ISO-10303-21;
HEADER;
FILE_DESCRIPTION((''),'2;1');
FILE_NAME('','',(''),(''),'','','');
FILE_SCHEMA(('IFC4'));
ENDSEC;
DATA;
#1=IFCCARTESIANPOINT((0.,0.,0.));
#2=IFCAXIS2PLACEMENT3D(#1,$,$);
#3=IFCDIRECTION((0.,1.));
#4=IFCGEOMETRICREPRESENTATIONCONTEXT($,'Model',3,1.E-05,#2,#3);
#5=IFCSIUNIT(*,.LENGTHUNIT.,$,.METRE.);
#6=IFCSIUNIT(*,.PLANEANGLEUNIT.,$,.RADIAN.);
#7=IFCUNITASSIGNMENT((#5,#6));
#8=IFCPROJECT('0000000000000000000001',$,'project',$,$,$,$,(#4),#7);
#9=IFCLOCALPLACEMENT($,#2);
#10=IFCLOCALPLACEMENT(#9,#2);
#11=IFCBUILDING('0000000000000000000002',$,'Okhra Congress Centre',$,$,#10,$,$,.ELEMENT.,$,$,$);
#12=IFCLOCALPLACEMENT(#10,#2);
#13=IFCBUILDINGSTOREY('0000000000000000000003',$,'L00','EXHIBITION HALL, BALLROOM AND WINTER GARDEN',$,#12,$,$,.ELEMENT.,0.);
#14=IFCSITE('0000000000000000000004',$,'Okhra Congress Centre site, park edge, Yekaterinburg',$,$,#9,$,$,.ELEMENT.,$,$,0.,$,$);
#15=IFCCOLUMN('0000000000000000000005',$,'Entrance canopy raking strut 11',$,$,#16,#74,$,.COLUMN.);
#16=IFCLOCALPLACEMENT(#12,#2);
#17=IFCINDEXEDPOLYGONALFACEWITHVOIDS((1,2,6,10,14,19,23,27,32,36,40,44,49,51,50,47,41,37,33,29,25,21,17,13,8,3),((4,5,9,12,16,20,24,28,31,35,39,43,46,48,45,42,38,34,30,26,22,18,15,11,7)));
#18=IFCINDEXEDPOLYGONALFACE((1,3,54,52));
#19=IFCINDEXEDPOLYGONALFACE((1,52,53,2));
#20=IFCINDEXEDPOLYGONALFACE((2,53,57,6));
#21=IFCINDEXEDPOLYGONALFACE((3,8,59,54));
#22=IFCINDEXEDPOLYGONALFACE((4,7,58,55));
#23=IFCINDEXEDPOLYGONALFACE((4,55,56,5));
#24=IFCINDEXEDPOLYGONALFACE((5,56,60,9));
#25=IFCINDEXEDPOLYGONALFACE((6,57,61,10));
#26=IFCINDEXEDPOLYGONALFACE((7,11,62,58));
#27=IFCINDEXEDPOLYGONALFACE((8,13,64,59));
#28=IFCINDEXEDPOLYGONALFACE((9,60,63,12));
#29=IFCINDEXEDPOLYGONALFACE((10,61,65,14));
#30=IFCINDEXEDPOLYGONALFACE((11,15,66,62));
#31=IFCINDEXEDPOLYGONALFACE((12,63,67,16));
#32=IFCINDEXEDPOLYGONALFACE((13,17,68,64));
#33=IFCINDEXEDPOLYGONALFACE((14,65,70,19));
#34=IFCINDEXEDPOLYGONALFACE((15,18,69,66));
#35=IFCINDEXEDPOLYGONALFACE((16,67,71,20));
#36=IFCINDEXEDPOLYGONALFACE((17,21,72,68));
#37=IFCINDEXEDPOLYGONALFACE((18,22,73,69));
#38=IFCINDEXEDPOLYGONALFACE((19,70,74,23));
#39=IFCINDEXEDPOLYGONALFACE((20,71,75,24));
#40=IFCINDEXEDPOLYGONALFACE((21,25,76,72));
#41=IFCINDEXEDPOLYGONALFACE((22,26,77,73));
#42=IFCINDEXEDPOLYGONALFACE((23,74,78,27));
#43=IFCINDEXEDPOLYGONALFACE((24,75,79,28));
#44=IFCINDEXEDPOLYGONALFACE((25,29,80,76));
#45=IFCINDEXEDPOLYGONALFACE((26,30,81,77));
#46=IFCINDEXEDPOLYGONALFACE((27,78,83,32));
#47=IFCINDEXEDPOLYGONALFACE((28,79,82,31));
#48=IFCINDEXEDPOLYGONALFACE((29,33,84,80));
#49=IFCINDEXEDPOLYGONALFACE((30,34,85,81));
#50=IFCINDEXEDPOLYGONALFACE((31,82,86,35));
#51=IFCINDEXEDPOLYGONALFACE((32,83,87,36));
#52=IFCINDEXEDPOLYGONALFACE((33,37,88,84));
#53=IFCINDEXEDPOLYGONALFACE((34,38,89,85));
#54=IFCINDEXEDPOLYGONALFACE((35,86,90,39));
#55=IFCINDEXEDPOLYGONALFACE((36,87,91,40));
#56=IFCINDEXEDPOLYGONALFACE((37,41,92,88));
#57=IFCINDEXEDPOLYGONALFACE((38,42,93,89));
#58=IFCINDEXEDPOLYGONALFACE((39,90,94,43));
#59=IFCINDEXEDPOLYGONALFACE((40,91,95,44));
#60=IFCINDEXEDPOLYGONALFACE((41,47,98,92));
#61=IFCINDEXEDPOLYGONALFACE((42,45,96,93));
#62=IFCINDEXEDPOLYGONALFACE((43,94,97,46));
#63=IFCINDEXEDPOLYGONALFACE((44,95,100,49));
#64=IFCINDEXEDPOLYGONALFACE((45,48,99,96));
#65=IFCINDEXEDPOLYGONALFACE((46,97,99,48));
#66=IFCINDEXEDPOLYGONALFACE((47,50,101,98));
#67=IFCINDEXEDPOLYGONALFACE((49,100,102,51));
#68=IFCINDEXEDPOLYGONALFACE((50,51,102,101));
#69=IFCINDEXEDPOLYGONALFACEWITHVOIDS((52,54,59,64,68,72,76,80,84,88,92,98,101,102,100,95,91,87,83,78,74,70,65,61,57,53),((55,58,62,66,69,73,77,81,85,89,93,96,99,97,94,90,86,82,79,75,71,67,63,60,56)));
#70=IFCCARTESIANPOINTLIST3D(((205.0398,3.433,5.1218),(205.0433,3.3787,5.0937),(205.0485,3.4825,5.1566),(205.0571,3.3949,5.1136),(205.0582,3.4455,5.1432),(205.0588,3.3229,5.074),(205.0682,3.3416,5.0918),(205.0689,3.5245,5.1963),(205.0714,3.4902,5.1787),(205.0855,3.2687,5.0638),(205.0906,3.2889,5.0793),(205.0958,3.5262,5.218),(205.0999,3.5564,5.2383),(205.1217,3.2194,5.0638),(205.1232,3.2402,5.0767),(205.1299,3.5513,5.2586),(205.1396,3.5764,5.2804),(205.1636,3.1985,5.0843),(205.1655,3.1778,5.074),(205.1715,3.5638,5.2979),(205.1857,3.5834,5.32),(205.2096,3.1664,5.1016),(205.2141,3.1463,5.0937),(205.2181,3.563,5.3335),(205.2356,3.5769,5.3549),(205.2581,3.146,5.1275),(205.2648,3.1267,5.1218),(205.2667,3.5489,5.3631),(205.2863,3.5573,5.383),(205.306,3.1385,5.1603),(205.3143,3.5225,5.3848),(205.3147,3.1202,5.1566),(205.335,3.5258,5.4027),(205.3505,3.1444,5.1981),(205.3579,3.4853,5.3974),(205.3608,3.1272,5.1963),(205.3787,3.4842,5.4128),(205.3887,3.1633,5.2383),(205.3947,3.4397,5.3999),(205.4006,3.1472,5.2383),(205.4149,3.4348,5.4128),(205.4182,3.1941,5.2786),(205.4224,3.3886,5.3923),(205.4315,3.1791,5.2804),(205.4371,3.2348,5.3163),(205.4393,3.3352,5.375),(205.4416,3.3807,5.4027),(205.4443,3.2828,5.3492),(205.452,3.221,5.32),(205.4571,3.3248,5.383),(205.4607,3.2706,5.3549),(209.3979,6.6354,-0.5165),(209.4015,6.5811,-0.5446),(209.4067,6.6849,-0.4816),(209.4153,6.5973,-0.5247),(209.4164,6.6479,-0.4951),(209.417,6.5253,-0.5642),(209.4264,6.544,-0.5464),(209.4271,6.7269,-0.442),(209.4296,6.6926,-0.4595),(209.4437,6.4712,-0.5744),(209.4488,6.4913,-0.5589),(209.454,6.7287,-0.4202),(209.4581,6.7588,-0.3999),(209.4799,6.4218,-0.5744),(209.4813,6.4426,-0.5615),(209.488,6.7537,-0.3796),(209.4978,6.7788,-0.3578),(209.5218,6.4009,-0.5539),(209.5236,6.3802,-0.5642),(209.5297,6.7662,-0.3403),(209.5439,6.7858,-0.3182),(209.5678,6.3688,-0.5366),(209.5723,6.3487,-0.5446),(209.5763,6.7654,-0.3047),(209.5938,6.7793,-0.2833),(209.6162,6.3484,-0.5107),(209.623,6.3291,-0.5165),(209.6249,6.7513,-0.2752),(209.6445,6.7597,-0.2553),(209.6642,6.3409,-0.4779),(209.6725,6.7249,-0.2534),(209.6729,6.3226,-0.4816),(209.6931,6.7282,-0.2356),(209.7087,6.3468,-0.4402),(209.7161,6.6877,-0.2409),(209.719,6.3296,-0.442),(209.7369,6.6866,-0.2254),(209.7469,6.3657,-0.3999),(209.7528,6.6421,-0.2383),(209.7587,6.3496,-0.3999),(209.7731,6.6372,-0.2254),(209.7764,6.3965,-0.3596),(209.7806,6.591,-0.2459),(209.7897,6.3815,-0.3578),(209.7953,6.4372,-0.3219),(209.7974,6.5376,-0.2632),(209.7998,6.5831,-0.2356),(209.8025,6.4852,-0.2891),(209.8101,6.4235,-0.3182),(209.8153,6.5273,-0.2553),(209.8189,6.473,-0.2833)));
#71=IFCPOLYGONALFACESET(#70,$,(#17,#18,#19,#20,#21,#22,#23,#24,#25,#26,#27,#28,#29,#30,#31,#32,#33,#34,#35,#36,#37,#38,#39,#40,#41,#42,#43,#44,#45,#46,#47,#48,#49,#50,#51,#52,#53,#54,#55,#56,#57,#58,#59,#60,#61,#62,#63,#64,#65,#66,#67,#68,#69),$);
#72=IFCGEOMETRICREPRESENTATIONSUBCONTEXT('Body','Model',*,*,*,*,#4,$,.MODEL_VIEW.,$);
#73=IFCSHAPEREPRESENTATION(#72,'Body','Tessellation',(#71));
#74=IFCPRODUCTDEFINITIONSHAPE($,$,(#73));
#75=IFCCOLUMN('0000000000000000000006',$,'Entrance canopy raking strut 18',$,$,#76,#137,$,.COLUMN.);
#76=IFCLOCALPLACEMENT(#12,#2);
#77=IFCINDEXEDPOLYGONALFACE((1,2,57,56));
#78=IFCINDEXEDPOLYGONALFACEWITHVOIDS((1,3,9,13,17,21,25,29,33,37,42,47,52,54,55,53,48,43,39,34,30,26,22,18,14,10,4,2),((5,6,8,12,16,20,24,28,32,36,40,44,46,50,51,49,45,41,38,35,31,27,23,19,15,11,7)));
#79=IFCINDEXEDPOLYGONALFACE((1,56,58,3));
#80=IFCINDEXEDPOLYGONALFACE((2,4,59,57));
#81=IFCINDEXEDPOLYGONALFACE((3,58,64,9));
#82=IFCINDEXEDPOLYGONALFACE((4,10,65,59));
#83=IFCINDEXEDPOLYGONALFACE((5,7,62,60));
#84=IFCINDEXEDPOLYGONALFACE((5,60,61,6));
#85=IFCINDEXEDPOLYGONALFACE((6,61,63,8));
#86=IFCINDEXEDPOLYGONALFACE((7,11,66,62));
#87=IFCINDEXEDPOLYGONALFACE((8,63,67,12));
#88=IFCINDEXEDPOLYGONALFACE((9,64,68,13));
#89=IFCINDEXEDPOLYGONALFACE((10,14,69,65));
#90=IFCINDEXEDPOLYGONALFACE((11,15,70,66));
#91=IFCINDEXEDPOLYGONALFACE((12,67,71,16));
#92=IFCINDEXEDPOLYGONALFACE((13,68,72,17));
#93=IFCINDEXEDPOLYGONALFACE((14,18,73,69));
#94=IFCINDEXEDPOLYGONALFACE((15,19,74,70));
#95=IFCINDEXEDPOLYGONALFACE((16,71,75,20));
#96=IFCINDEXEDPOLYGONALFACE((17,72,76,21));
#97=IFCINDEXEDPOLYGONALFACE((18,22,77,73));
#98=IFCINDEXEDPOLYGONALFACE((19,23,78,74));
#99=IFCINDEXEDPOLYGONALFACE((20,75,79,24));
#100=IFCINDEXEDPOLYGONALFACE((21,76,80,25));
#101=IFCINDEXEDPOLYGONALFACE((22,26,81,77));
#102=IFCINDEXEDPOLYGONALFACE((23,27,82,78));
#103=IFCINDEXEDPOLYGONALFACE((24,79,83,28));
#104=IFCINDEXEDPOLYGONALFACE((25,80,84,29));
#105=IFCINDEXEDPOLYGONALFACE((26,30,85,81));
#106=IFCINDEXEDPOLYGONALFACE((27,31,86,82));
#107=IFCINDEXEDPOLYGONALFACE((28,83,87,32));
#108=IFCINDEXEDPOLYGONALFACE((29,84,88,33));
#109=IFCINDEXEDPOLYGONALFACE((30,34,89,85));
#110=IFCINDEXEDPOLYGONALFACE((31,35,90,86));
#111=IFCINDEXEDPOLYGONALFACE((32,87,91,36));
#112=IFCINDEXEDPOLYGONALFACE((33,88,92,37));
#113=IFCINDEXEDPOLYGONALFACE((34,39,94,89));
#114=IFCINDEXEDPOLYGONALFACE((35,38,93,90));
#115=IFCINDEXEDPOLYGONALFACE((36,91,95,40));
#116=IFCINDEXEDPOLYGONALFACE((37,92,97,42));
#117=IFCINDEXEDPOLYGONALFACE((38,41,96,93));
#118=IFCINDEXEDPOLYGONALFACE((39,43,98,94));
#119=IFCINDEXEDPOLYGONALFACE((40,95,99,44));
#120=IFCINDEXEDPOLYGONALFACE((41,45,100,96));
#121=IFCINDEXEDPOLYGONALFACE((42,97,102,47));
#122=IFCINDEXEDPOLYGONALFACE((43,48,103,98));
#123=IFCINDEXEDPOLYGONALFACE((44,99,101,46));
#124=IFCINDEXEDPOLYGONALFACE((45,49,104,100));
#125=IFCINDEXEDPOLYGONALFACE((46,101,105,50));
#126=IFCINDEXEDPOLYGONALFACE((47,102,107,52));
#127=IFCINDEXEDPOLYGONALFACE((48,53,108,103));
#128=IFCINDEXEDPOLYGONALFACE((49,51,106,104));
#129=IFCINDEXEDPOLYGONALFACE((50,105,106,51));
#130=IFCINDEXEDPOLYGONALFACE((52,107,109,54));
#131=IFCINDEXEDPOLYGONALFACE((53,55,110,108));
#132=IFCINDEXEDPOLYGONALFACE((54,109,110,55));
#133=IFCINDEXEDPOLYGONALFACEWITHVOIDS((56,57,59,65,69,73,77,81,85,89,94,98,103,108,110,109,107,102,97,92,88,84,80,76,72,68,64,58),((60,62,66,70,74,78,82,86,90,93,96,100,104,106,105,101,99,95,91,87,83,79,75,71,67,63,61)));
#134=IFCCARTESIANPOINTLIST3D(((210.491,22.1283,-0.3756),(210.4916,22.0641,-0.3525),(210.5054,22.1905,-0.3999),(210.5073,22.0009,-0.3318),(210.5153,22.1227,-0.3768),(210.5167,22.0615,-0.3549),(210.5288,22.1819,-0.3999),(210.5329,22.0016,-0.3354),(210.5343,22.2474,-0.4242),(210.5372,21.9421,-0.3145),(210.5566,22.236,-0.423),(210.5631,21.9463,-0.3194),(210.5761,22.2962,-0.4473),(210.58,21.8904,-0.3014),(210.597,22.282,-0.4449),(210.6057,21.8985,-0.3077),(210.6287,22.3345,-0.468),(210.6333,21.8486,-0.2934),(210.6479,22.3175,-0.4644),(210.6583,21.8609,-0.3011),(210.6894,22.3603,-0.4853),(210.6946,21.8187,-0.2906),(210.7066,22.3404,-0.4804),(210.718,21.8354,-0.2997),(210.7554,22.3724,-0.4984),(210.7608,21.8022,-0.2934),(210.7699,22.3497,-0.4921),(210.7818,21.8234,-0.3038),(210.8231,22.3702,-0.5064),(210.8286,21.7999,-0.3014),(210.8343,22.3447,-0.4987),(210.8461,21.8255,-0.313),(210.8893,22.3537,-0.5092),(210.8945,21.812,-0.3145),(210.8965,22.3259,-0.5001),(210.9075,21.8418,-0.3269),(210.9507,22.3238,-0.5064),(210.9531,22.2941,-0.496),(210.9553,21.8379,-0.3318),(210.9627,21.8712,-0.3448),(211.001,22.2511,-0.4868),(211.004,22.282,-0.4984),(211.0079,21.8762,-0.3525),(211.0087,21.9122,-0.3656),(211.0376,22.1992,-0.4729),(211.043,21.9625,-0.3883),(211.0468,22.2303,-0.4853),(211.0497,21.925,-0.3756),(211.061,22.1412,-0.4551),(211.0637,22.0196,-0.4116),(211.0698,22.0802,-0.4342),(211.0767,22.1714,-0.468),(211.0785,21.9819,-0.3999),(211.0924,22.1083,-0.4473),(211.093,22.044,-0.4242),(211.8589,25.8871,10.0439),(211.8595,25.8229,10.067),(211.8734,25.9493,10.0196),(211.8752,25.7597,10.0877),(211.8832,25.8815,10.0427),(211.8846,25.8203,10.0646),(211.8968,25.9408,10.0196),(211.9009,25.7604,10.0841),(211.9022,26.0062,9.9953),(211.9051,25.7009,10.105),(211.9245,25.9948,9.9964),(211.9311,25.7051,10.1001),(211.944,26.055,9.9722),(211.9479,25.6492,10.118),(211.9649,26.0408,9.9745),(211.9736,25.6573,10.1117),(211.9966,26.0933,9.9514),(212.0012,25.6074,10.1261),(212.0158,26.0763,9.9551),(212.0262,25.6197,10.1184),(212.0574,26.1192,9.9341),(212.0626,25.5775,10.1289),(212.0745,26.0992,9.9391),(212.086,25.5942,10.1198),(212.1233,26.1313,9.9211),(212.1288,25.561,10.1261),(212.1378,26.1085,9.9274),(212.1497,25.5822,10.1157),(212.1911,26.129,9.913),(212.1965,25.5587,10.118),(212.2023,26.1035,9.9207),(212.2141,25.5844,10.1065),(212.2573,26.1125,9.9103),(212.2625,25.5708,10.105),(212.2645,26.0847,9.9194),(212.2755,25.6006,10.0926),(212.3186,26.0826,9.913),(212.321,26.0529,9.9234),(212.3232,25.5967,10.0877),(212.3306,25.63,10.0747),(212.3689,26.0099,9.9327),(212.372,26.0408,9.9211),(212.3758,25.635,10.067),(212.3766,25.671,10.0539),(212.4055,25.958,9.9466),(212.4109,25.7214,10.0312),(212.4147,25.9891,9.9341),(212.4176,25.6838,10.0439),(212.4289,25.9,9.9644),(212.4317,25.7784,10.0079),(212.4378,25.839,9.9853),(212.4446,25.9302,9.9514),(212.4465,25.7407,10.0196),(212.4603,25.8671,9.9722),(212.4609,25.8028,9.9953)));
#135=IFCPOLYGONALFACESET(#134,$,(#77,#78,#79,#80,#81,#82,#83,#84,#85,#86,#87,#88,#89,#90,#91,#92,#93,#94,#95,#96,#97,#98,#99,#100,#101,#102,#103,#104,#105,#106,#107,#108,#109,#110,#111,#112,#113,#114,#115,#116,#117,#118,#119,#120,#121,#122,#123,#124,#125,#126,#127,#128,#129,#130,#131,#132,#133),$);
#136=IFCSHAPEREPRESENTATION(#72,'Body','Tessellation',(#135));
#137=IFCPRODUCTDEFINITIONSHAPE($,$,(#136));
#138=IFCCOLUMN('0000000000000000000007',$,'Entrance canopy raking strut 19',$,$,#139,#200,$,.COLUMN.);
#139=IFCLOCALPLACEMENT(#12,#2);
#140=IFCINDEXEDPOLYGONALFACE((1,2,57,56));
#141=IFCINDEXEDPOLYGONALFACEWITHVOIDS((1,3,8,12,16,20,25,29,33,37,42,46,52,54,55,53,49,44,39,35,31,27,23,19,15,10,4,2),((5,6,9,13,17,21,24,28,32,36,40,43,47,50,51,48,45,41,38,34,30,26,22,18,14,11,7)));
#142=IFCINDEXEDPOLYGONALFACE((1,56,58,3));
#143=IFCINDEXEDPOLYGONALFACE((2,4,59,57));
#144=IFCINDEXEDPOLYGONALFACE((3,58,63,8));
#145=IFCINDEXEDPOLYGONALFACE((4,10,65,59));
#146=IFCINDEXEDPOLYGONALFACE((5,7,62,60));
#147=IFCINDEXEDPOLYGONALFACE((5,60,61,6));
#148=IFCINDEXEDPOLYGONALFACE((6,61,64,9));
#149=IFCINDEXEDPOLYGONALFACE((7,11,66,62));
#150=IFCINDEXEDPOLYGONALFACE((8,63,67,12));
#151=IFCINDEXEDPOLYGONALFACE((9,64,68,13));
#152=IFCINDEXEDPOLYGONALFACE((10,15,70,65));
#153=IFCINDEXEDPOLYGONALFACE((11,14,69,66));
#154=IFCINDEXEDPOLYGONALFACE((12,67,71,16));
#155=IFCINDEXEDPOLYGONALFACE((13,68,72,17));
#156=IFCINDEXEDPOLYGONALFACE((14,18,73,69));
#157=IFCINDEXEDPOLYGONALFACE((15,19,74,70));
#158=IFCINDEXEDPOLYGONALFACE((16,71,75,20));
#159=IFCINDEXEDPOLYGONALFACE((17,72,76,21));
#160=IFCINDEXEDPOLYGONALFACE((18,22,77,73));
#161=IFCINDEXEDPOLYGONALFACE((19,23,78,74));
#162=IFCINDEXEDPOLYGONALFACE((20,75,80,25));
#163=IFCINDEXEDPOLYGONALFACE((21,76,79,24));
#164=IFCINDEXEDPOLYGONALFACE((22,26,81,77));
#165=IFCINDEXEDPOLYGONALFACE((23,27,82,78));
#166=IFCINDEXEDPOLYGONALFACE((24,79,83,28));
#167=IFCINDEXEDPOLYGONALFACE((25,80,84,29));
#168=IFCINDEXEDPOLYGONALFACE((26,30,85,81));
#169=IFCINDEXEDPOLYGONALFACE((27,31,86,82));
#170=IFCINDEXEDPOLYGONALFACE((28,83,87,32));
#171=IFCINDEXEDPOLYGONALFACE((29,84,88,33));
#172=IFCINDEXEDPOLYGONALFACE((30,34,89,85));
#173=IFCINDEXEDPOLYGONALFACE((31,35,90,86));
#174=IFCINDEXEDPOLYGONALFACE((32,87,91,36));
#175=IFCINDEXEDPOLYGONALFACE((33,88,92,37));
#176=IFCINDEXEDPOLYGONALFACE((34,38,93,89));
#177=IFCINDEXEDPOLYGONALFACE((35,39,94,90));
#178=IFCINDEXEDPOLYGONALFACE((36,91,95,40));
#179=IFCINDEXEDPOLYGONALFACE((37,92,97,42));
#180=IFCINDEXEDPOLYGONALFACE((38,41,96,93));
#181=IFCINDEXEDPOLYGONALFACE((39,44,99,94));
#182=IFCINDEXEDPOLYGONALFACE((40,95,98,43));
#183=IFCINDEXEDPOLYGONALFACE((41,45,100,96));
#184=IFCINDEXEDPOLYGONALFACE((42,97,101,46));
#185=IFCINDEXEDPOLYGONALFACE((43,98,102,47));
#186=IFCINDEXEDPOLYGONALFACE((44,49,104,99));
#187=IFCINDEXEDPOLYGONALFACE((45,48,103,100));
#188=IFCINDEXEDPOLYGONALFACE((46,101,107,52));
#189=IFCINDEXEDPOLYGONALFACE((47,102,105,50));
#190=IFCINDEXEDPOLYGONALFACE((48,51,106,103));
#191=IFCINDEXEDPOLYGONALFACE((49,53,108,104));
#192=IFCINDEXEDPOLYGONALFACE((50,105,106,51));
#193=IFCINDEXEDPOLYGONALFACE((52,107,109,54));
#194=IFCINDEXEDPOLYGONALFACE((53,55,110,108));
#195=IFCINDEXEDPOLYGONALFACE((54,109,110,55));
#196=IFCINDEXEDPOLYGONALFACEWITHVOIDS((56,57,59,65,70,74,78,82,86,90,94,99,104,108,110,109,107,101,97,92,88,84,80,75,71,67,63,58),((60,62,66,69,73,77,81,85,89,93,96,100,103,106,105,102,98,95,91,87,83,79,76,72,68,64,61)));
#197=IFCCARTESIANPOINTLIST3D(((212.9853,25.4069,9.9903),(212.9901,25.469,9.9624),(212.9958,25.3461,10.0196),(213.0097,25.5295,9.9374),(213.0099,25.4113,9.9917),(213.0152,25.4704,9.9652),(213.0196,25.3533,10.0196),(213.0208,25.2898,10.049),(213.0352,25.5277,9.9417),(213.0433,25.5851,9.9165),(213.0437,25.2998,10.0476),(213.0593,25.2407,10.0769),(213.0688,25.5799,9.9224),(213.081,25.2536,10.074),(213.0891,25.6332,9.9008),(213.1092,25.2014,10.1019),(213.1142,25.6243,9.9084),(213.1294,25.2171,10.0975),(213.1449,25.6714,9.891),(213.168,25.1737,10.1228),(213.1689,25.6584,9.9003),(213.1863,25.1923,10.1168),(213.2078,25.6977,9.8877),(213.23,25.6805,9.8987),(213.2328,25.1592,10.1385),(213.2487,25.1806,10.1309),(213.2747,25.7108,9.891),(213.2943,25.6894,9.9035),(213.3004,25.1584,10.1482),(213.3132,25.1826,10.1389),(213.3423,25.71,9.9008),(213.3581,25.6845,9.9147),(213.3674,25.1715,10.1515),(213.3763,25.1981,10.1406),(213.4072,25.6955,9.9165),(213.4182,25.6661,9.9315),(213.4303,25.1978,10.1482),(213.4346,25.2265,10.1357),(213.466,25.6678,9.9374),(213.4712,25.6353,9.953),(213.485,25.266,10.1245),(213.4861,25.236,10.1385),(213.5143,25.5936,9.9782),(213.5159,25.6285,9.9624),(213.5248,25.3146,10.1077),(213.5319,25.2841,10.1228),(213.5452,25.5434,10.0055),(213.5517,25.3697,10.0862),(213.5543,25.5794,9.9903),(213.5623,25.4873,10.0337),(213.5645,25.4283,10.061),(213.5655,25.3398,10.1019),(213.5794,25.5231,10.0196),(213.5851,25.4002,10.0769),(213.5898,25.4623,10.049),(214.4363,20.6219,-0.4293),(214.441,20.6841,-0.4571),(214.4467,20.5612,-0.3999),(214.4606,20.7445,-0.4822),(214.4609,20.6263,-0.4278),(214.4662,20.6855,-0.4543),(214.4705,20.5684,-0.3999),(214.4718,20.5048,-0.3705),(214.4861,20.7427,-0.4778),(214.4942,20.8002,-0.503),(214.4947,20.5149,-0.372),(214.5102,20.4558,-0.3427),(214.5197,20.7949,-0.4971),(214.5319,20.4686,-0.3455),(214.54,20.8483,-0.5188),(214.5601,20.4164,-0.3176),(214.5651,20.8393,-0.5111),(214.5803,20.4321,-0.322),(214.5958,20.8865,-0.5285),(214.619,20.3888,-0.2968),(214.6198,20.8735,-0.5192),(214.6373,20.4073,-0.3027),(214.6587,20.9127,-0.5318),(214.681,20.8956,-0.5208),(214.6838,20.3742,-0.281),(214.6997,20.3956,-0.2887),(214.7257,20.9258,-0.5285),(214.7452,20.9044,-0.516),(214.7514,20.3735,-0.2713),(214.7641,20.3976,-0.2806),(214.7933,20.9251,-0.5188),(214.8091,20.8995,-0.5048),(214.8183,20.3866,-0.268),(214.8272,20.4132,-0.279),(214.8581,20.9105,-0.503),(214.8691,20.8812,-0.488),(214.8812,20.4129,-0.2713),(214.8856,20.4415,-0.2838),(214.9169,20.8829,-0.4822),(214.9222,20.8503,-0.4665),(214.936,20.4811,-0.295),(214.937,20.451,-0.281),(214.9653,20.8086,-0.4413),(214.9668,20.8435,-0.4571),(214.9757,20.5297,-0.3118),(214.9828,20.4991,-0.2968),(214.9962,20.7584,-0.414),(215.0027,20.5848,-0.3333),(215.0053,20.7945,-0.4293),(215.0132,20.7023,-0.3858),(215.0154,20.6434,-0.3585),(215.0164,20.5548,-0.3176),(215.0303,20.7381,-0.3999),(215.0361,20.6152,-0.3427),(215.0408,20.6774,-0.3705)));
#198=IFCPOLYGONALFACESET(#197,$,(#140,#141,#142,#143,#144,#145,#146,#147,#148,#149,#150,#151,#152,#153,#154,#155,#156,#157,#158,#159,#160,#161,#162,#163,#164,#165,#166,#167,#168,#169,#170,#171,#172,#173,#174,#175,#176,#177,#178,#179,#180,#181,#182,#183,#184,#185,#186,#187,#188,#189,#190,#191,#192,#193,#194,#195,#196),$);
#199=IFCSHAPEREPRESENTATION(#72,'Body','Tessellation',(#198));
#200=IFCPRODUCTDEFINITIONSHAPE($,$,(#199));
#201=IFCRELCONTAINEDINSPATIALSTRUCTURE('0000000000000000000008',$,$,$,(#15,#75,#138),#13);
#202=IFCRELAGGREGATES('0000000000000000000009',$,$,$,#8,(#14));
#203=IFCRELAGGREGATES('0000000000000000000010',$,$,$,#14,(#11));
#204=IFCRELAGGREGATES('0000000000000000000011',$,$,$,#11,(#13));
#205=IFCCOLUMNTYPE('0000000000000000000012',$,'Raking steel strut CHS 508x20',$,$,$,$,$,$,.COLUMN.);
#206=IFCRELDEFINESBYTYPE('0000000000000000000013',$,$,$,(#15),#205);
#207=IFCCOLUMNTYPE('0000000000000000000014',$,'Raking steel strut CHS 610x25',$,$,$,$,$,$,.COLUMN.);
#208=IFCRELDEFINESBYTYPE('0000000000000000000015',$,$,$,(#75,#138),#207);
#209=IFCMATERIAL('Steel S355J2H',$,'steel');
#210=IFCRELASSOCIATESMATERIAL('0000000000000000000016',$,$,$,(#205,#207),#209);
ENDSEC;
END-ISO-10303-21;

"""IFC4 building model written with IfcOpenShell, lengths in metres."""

from ifc_helpers import new_model, si_unit, direction, frame, origin, origin_2d, place, context, subcontext, project, spatial, hollow_circle, extrude, material, material_profile, profile_set, type_object, element, save


model = new_model("IFC4")

# Units and contexts
model_context = context("Model", 3, precision=1e-05, world=origin(), true_north=direction((0.0, 1.0)))
body_context = subcontext(model_context, "Body", "Model", "MODEL_VIEW")
ifc_project = project(units=[si_unit("LENGTHUNIT", "METRE"), si_unit("PLANEANGLEUNIT", "RADIAN")], contexts=[model_context])

# Site, building, storey
site_placement = place(None, origin())
site = spatial("IfcSite", under=ifc_project, at=site_placement, Name="Okhra Congress Centre site, park edge, Yekaterinburg", CompositionType="ELEMENT", RefElevation=0.0)
building_placement = place(site_placement, origin())
building = spatial("IfcBuilding", under=site, at=building_placement, Name="Okhra Congress Centre", CompositionType="ELEMENT")
storey_placement = place(building_placement, origin())
storey = spatial("IfcBuildingStorey", under=building, at=storey_placement, Name="L00", Description="EXHIBITION HALL, BALLROOM AND WINTER GARDEN", CompositionType="ELEMENT", Elevation=0.0)

# Columns
ifc_material_1 = material(Name="Steel S355J2H", Category="steel")
ifc_material_profile_1 = material_profile(ifc_material_1, hollow_circle(Radius=0.2539, WallThickness=0.02, at=origin_2d()), Name="CHS 508x20")
ifc_profile_set_1 = profile_set([ifc_material_profile_1], Name="Steel S355J2H")
column_type_1 = type_object("IfcColumnType", Name="Raking steel strut CHS 508x20", PredefinedType="COLUMN", material=ifc_profile_set_1)
column_1_placement = place(storey_placement, frame((209.6084, 6.5542, -0.3999), z_axis=(-0.557831, -0.409897, 0.721671), x_axis=(0.592134, -0.805839, 0.0)))
element("IfcColumn", 1, at=column_1_placement, inside=storey, type_object=column_type_1, Name="Entrance canopy raking strut 11", PredefinedType="COLUMN", context=body_context, shape_type="SweptSolid", body=[
    extrude(hollow_circle(Radius=0.2539, WallThickness=0.02, at=origin_2d()), origin(), (0.0, 0.0, 1.0), 7.8127),
])
ifc_material_profile_2 = material_profile(ifc_material_1, hollow_circle(Radius=0.3049, WallThickness=0.0249, at=origin_2d()), Name="CHS 610x25")
ifc_profile_set_2 = profile_set([ifc_material_profile_2], Name="Steel S355J2H")
column_type_2 = type_object("IfcColumnType", Name="Raking steel strut CHS 610x25", PredefinedType="COLUMN", material=ifc_profile_set_2)
column_2_placement = place(storey_placement, frame((210.792, 22.0862, -0.3999), z_axis=(0.122564, 0.336784, 0.933571), x_axis=(-0.939706, 0.341983, 0.0)))
element("IfcColumn", 2, at=column_2_placement, inside=storey, type_object=column_type_2, Name="Entrance canopy raking strut 18", PredefinedType="COLUMN", context=body_context, shape_type="SweptSolid", body=[
    extrude(hollow_circle(Radius=0.3049, WallThickness=0.0249, at=origin_2d()), origin(), (0.0, 0.0, 1.0), 11.1609),
])
column_3_placement = place(storey_placement, frame((214.7385, 20.6497, -0.3999), z_axis=(-0.125545, 0.414026, 0.901566), x_axis=(-0.956971, -0.290182, 0.0)))
element("IfcColumn", 3, at=column_3_placement, inside=storey, type_object=column_type_2, Name="Entrance canopy raking strut 19", PredefinedType="COLUMN", context=body_context, shape_type="SweptSolid", body=[
    extrude(hollow_circle(Radius=0.3049, WallThickness=0.0249, at=origin_2d()), origin(), (0.0, 0.0, 1.0), 11.5571),
])

save(model, "model.ifc")
